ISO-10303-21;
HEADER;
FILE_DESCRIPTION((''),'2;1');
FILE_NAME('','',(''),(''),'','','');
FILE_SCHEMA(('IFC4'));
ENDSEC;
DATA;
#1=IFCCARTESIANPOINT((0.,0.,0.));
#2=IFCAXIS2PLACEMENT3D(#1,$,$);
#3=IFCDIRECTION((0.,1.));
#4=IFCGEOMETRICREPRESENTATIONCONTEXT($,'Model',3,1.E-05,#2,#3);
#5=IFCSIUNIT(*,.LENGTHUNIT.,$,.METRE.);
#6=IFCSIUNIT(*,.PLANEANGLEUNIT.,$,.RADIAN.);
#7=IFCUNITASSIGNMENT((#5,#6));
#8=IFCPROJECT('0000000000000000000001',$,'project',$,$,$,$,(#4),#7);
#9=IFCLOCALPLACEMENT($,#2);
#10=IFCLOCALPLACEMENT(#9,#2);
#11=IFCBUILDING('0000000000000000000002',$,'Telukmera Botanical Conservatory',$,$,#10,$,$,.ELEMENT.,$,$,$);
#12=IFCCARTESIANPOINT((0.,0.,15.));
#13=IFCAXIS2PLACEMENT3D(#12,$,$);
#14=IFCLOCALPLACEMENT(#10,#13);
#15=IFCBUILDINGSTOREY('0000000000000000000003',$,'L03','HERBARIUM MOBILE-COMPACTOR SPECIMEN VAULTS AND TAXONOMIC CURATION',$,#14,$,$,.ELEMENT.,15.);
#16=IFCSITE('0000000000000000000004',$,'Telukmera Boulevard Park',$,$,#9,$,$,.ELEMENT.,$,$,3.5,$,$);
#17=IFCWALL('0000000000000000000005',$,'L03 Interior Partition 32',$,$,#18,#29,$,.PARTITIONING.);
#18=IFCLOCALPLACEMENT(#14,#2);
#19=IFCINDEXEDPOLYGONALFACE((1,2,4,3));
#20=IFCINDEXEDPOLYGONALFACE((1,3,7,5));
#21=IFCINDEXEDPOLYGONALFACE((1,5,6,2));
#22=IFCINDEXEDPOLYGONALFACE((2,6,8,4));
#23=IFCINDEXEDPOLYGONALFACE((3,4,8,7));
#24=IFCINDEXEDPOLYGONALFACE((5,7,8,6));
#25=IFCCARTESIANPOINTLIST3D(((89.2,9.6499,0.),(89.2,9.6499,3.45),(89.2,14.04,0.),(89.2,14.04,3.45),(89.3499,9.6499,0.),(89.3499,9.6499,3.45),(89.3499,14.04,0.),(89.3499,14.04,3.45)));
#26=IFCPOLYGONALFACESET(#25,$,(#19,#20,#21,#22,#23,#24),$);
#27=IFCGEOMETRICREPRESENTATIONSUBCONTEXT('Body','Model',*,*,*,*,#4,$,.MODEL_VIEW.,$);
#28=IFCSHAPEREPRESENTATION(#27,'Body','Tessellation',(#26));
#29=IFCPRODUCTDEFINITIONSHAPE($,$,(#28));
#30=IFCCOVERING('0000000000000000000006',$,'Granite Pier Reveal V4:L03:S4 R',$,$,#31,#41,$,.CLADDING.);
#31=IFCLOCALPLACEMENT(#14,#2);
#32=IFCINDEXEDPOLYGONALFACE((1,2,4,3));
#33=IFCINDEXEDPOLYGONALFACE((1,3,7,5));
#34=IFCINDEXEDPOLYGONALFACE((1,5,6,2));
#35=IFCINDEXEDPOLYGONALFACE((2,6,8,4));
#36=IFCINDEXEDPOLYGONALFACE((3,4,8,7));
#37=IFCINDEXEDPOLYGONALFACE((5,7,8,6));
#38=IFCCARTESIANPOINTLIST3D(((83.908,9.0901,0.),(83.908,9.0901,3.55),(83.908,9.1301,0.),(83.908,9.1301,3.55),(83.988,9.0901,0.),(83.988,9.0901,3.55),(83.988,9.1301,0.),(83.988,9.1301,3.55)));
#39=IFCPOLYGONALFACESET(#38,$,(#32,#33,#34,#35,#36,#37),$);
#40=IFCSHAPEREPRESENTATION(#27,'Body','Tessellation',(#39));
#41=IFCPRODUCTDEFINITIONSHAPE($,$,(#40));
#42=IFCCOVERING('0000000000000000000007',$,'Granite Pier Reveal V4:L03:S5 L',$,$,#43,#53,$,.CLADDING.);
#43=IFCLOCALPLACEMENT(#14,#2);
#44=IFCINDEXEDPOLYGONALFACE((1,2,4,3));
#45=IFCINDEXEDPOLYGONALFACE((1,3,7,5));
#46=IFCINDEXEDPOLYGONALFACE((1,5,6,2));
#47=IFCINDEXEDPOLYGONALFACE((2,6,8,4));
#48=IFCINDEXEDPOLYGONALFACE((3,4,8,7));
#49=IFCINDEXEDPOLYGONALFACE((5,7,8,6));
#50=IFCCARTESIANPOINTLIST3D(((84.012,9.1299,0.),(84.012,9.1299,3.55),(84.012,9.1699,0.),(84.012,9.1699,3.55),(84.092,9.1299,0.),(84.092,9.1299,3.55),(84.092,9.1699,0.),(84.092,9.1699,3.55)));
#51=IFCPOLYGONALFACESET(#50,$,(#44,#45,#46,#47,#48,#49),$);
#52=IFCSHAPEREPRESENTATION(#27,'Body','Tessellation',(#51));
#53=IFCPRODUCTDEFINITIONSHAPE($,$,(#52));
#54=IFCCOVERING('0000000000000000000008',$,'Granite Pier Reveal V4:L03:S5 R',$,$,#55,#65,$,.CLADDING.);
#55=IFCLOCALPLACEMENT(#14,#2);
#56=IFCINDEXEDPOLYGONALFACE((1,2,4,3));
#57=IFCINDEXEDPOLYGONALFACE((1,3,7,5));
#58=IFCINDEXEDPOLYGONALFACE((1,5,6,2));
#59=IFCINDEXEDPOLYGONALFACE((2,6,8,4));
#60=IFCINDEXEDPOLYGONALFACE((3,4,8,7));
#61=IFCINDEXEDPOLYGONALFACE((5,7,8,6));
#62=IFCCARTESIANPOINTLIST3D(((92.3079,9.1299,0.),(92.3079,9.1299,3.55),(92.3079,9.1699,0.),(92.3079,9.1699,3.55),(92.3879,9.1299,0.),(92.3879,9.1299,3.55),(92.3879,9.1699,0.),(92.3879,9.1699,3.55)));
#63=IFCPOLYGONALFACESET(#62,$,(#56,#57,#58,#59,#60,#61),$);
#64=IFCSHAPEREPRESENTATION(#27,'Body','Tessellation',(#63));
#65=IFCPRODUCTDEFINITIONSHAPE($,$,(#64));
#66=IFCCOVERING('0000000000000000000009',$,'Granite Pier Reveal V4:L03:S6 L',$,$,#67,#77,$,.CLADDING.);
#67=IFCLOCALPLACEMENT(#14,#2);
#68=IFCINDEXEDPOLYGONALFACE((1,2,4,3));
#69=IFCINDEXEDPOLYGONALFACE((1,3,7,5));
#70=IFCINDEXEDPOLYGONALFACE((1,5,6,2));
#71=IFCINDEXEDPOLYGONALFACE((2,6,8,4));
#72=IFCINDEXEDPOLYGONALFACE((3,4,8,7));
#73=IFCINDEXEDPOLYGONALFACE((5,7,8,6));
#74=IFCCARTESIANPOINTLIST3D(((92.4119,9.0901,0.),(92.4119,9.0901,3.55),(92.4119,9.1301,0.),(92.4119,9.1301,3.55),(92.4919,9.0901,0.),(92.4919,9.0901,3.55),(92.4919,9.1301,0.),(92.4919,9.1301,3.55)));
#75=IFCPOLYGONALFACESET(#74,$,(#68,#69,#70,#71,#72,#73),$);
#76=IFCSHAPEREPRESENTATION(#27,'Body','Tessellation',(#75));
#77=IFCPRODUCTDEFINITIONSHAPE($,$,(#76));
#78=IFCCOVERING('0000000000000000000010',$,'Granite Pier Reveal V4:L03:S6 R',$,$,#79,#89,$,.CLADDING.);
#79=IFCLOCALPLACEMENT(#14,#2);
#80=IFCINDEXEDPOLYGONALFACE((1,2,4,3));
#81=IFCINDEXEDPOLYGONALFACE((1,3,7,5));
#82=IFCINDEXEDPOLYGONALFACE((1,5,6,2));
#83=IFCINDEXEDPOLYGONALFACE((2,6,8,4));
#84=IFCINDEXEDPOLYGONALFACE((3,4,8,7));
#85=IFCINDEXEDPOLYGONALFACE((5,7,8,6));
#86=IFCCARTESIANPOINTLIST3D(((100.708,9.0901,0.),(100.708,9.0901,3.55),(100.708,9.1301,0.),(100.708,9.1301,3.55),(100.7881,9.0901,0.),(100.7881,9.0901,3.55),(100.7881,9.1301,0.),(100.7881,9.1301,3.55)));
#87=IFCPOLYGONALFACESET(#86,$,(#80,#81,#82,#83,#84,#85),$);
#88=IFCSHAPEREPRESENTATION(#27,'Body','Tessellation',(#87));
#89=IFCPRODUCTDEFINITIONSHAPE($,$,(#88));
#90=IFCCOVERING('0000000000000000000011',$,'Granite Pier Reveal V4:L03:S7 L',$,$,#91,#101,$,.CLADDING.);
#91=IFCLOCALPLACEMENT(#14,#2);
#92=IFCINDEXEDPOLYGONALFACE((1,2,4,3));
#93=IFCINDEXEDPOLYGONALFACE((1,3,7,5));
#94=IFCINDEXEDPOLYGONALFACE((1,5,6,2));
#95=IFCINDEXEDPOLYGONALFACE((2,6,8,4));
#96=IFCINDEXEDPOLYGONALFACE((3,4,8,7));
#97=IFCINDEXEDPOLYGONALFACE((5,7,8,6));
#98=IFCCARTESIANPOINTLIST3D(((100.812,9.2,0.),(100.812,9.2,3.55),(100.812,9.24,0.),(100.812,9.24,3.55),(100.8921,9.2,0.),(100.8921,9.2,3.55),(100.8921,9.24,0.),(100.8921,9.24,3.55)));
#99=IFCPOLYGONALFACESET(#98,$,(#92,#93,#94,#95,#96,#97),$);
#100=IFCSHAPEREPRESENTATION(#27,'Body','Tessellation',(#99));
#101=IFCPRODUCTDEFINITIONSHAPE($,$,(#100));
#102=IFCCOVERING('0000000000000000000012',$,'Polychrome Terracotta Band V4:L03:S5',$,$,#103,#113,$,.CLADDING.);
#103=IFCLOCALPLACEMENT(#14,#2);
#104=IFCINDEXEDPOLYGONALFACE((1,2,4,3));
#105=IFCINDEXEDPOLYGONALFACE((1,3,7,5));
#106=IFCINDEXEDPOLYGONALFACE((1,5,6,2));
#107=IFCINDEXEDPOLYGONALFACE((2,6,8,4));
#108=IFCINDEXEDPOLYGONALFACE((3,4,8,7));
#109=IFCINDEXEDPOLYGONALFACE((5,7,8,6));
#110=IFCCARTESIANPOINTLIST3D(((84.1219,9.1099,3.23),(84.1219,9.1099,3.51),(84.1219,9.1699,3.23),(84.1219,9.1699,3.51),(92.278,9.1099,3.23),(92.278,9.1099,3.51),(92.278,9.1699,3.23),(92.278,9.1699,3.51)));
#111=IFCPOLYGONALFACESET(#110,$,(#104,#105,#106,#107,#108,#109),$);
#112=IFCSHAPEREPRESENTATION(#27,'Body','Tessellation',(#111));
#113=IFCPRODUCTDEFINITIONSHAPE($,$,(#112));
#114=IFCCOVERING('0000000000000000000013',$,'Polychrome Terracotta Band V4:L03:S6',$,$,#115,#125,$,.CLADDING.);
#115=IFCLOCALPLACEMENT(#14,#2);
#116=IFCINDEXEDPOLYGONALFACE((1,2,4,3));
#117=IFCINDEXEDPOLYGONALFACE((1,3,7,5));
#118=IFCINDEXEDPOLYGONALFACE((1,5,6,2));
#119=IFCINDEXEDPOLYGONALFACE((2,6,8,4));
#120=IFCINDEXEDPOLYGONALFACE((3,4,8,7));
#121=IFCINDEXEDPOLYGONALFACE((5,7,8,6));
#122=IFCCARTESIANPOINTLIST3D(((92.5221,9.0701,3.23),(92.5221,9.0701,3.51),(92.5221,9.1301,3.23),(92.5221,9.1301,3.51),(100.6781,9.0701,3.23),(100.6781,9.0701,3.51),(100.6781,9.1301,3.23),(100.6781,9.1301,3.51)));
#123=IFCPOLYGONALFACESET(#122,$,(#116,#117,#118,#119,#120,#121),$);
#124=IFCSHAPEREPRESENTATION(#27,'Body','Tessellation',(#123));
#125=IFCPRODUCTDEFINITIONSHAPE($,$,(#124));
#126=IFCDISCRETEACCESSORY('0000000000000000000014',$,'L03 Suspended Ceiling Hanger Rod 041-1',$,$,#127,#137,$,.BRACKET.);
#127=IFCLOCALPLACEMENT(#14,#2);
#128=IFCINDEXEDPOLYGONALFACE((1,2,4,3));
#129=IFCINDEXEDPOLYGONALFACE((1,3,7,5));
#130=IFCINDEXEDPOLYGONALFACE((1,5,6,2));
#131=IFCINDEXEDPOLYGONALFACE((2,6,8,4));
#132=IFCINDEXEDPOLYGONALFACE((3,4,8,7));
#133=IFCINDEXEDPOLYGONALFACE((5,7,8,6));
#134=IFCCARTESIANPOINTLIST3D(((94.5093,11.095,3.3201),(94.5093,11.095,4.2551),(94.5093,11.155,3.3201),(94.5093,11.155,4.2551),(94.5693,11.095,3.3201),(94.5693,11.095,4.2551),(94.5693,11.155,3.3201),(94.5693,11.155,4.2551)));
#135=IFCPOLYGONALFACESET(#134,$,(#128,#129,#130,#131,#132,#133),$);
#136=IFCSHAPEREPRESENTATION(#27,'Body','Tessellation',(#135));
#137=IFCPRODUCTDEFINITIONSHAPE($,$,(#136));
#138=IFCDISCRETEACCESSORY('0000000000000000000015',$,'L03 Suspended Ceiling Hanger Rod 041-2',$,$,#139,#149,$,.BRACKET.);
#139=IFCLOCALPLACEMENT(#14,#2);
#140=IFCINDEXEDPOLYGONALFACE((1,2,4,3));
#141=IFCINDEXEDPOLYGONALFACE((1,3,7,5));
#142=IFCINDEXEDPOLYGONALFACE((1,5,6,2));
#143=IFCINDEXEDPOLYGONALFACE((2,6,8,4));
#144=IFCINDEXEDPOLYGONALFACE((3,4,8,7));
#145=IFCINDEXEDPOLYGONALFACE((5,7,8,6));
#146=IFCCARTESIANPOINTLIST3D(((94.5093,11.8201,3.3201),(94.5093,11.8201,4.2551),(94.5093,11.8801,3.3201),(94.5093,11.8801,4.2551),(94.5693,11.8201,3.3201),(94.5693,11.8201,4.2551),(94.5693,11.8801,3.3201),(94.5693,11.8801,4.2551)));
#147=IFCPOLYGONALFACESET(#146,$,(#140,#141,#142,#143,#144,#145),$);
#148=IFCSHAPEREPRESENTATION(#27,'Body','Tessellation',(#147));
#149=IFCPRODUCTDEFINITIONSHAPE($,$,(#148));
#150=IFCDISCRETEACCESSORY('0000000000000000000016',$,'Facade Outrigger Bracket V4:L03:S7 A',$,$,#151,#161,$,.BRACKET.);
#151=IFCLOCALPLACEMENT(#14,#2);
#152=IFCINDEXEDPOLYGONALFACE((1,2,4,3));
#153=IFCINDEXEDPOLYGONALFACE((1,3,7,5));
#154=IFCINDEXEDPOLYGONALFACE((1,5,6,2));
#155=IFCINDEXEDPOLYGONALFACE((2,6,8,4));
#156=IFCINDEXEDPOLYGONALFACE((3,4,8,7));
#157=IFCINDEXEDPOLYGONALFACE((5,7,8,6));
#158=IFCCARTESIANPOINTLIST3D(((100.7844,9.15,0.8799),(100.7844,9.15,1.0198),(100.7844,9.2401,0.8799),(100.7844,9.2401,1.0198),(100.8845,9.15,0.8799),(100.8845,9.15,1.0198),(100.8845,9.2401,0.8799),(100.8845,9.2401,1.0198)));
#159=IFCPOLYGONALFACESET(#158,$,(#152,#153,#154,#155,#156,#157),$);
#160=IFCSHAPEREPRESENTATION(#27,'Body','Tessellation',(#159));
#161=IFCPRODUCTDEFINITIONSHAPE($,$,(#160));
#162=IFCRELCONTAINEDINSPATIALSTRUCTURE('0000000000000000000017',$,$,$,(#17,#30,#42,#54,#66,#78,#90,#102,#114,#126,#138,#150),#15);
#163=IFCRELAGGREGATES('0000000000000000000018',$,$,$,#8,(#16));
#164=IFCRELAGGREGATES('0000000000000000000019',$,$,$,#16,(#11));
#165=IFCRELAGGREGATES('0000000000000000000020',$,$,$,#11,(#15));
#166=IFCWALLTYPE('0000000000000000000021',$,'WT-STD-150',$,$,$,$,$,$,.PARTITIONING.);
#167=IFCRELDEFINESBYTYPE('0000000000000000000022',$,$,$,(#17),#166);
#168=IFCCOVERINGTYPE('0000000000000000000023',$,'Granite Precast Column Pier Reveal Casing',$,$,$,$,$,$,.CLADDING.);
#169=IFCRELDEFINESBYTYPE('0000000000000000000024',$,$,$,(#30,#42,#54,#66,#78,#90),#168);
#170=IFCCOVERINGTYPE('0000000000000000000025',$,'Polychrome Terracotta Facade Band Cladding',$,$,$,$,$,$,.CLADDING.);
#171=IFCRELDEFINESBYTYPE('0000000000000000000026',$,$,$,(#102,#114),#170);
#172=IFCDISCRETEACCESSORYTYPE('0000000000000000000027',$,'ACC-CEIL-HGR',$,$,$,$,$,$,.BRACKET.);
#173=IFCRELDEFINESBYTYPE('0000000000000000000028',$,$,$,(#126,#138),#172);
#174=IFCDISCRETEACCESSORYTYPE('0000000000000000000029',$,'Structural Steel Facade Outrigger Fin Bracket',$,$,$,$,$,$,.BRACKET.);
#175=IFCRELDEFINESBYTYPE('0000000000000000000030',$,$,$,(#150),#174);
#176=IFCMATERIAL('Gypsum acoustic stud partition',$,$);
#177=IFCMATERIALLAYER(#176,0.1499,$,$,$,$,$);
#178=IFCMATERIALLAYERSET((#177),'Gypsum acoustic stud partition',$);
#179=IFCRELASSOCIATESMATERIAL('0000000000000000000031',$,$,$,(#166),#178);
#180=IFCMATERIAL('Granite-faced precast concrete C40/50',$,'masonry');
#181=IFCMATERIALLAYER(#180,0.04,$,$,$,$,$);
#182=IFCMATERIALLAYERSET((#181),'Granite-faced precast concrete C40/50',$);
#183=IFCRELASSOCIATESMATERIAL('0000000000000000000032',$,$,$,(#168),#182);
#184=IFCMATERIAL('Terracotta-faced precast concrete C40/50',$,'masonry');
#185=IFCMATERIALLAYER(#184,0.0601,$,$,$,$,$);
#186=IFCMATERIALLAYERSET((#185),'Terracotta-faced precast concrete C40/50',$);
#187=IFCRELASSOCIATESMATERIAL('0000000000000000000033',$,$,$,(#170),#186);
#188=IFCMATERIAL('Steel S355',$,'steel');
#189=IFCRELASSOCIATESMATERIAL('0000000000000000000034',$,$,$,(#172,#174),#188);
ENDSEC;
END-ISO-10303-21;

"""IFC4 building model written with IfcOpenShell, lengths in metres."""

from ifc_helpers import new_model, si_unit, direction, frame, frame_2d, origin, origin_2d, place, context, subcontext, project, spatial, rectangle, extrude, material, layer, layer_set, type_object, element, save


model = new_model("IFC4")

# Units and contexts
model_context = context("Model", 3, precision=1e-05, world=origin(), true_north=direction((0.0, 1.0)))
body_context = subcontext(model_context, "Body", "Model", "MODEL_VIEW")
ifc_project = project(units=[si_unit("LENGTHUNIT", "METRE"), si_unit("PLANEANGLEUNIT", "RADIAN")], contexts=[model_context])

# Site, building, storey
site_placement = place(None, origin())
site = spatial("IfcSite", under=ifc_project, at=site_placement, Name="Telukmera Boulevard Park", CompositionType="ELEMENT", RefElevation=3.5)
building_placement = place(site_placement, origin())
building = spatial("IfcBuilding", under=site, at=building_placement, Name="Telukmera Botanical Conservatory", CompositionType="ELEMENT")
storey_placement = place(building_placement, frame((0.0, 0.0, 15.0)))
storey = spatial("IfcBuildingStorey", under=building, at=storey_placement, Name="L03", Description="HERBARIUM MOBILE-COMPACTOR SPECIMEN VAULTS AND TAXONOMIC CURATION", CompositionType="ELEMENT", Elevation=15.0)

# Wall
ifc_material_1 = material(Name="Terracotta-faced precast concrete C40/50", Category="masonry")
ifc_material_2 = material(Name="Gypsum acoustic stud partition")
ifc_layer_1 = layer(ifc_material_2, 0.1499)
ifc_layer_set_1 = layer_set([ifc_layer_1], Name="Gypsum acoustic stud partition")
wall_type_1 = type_object("IfcWallType", Name="WT-STD-150", PredefinedType="PARTITIONING", material=ifc_layer_set_1)
wall_1_placement = place(storey_placement, frame((89.2749, 9.6499, 0.0), z_axis=(0.0, 0.0, 1.0), x_axis=(0.0, 1.0, 0.0)))
element("IfcWall", 1, at=wall_1_placement, inside=storey, type_object=wall_type_1, Name="L03 Interior Partition 32", PredefinedType="PARTITIONING", context=body_context, shape_type="SweptSolid", body=[
    extrude(rectangle(XDim=4.3901, YDim=0.1499, at=frame_2d((2.1951, 0.0))), origin(), (0.0, 0.0, 1.0), 3.45),
])

# Coverings
ifc_material_3 = material(Name="Granite-faced precast concrete C40/50", Category="masonry")
ifc_layer_2 = layer(ifc_material_3, 0.04)
ifc_layer_set_2 = layer_set([ifc_layer_2], Name="Granite-faced precast concrete C40/50")
covering_type_1 = type_object("IfcCoveringType", Name="Granite Precast Column Pier Reveal Casing", PredefinedType="CLADDING", material=ifc_layer_set_2)
for number, where, z_axis, x_axis, name in (
    (2, (83.948, 9.1101, 0.0), (0.0, 0.0, 1.0), (1.0, 0.0, 0.0), "Granite Pier Reveal V4:L03:S4 R"),
    (3, (84.052, 9.1499, 0.0), (0.0, 0.0, 1.0), (1.0, 0.0, 0.0), "Granite Pier Reveal V4:L03:S5 L"),
    (4, (92.3479, 9.1499, 0.0), (0.0, 0.0, 1.0), (1.0, 0.0, 0.0), "Granite Pier Reveal V4:L03:S5 R"),
    (5, (92.4519, 9.1101, 0.0), (0.0, 0.0, 1.0), (1.0, 0.0, 0.0), "Granite Pier Reveal V4:L03:S6 L"),
    (6, (100.748, 9.1101, 0.0), (0.0, 0.0, 1.0), (1.0, 0.0, 0.0), "Granite Pier Reveal V4:L03:S6 R"),
    (7, (100.8521, 9.22, 0.0), (0.0, 0.0, 1.0), (1.0, 0.0, 0.0), "Granite Pier Reveal V4:L03:S7 L"),
):
    element("IfcCovering", number, at=place(storey_placement, frame(where, z_axis=z_axis, x_axis=x_axis)), inside=storey, type_object=covering_type_1, Name=name, PredefinedType="CLADDING", context=body_context, shape_type="SweptSolid", body=[
        extrude(rectangle(XDim=0.0801, YDim=0.04, at=origin_2d()), origin(), (0.0, 0.0, 1.0), 3.55),
    ])
ifc_layer_3 = layer(ifc_material_1, 0.0601)
ifc_layer_set_3 = layer_set([ifc_layer_3], Name="Terracotta-faced precast concrete C40/50")
covering_type_2 = type_object("IfcCoveringType", Name="Polychrome Terracotta Facade Band Cladding", PredefinedType="CLADDING", material=ifc_layer_set_3)
for number, where, z_axis, x_axis, name in (
    (8, (88.2, 9.1399, 3.23), (0.0, 0.0, 1.0), (1.0, 0.0, 0.0), "Polychrome Terracotta Band V4:L03:S5"),
    (9, (96.6001, 9.1001, 3.23), (0.0, 0.0, 1.0), (1.0, 0.0, 0.0), "Polychrome Terracotta Band V4:L03:S6"),
):
    element("IfcCovering", number, at=place(storey_placement, frame(where, z_axis=z_axis, x_axis=x_axis)), inside=storey, type_object=covering_type_2, Name=name, PredefinedType="CLADDING", context=body_context, shape_type="SweptSolid", body=[
        extrude(rectangle(XDim=8.156, YDim=0.0601, at=origin_2d()), origin(), (0.0, 0.0, 1.0), 0.28),
    ])

# Discrete accessories
ifc_material_4 = material(Name="Steel S355", Category="steel")
discrete_accessory_type_1 = type_object("IfcDiscreteAccessoryType", Name="ACC-CEIL-HGR", PredefinedType="BRACKET", material=ifc_material_4)
for number, where, z_axis, x_axis, name in (
    (10, (94.5393, 11.125, 3.3201), (0.0, 0.0, 1.0), (1.0, 0.0, 0.0), "L03 Suspended Ceiling Hanger Rod 041-1"),
    (11, (94.5393, 11.8501, 3.3201), (0.0, 0.0, 1.0), (1.0, 0.0, 0.0), "L03 Suspended Ceiling Hanger Rod 041-2"),
):
    element("IfcDiscreteAccessory", number, at=place(storey_placement, frame(where, z_axis=z_axis, x_axis=x_axis)), inside=storey, type_object=discrete_accessory_type_1, Name=name, PredefinedType="BRACKET", context=body_context, shape_type="SweptSolid", body=[
        extrude(rectangle(XDim=0.0601, YDim=0.0601, at=origin_2d()), origin(), (0.0, 0.0, 1.0), 0.9351),
    ])
discrete_accessory_type_2 = type_object("IfcDiscreteAccessoryType", Name="Structural Steel Facade Outrigger Fin Bracket", PredefinedType="BRACKET", material=ifc_material_4)
discrete_accessory_placement = place(storey_placement, frame((100.8345, 9.1951, 0.8799), z_axis=(0.0, 0.0, 1.0), x_axis=(1.0, 0.0, 0.0)))
element("IfcDiscreteAccessory", 12, at=discrete_accessory_placement, inside=storey, type_object=discrete_accessory_type_2, Name="Facade Outrigger Bracket V4:L03:S7 A", PredefinedType="BRACKET", context=body_context, shape_type="SweptSolid", body=[
    extrude(rectangle(XDim=0.1001, YDim=0.0901, at=origin_2d()), origin(), (0.0, 0.0, 1.0), 0.1399),
])

save(model, "model.ifc")
